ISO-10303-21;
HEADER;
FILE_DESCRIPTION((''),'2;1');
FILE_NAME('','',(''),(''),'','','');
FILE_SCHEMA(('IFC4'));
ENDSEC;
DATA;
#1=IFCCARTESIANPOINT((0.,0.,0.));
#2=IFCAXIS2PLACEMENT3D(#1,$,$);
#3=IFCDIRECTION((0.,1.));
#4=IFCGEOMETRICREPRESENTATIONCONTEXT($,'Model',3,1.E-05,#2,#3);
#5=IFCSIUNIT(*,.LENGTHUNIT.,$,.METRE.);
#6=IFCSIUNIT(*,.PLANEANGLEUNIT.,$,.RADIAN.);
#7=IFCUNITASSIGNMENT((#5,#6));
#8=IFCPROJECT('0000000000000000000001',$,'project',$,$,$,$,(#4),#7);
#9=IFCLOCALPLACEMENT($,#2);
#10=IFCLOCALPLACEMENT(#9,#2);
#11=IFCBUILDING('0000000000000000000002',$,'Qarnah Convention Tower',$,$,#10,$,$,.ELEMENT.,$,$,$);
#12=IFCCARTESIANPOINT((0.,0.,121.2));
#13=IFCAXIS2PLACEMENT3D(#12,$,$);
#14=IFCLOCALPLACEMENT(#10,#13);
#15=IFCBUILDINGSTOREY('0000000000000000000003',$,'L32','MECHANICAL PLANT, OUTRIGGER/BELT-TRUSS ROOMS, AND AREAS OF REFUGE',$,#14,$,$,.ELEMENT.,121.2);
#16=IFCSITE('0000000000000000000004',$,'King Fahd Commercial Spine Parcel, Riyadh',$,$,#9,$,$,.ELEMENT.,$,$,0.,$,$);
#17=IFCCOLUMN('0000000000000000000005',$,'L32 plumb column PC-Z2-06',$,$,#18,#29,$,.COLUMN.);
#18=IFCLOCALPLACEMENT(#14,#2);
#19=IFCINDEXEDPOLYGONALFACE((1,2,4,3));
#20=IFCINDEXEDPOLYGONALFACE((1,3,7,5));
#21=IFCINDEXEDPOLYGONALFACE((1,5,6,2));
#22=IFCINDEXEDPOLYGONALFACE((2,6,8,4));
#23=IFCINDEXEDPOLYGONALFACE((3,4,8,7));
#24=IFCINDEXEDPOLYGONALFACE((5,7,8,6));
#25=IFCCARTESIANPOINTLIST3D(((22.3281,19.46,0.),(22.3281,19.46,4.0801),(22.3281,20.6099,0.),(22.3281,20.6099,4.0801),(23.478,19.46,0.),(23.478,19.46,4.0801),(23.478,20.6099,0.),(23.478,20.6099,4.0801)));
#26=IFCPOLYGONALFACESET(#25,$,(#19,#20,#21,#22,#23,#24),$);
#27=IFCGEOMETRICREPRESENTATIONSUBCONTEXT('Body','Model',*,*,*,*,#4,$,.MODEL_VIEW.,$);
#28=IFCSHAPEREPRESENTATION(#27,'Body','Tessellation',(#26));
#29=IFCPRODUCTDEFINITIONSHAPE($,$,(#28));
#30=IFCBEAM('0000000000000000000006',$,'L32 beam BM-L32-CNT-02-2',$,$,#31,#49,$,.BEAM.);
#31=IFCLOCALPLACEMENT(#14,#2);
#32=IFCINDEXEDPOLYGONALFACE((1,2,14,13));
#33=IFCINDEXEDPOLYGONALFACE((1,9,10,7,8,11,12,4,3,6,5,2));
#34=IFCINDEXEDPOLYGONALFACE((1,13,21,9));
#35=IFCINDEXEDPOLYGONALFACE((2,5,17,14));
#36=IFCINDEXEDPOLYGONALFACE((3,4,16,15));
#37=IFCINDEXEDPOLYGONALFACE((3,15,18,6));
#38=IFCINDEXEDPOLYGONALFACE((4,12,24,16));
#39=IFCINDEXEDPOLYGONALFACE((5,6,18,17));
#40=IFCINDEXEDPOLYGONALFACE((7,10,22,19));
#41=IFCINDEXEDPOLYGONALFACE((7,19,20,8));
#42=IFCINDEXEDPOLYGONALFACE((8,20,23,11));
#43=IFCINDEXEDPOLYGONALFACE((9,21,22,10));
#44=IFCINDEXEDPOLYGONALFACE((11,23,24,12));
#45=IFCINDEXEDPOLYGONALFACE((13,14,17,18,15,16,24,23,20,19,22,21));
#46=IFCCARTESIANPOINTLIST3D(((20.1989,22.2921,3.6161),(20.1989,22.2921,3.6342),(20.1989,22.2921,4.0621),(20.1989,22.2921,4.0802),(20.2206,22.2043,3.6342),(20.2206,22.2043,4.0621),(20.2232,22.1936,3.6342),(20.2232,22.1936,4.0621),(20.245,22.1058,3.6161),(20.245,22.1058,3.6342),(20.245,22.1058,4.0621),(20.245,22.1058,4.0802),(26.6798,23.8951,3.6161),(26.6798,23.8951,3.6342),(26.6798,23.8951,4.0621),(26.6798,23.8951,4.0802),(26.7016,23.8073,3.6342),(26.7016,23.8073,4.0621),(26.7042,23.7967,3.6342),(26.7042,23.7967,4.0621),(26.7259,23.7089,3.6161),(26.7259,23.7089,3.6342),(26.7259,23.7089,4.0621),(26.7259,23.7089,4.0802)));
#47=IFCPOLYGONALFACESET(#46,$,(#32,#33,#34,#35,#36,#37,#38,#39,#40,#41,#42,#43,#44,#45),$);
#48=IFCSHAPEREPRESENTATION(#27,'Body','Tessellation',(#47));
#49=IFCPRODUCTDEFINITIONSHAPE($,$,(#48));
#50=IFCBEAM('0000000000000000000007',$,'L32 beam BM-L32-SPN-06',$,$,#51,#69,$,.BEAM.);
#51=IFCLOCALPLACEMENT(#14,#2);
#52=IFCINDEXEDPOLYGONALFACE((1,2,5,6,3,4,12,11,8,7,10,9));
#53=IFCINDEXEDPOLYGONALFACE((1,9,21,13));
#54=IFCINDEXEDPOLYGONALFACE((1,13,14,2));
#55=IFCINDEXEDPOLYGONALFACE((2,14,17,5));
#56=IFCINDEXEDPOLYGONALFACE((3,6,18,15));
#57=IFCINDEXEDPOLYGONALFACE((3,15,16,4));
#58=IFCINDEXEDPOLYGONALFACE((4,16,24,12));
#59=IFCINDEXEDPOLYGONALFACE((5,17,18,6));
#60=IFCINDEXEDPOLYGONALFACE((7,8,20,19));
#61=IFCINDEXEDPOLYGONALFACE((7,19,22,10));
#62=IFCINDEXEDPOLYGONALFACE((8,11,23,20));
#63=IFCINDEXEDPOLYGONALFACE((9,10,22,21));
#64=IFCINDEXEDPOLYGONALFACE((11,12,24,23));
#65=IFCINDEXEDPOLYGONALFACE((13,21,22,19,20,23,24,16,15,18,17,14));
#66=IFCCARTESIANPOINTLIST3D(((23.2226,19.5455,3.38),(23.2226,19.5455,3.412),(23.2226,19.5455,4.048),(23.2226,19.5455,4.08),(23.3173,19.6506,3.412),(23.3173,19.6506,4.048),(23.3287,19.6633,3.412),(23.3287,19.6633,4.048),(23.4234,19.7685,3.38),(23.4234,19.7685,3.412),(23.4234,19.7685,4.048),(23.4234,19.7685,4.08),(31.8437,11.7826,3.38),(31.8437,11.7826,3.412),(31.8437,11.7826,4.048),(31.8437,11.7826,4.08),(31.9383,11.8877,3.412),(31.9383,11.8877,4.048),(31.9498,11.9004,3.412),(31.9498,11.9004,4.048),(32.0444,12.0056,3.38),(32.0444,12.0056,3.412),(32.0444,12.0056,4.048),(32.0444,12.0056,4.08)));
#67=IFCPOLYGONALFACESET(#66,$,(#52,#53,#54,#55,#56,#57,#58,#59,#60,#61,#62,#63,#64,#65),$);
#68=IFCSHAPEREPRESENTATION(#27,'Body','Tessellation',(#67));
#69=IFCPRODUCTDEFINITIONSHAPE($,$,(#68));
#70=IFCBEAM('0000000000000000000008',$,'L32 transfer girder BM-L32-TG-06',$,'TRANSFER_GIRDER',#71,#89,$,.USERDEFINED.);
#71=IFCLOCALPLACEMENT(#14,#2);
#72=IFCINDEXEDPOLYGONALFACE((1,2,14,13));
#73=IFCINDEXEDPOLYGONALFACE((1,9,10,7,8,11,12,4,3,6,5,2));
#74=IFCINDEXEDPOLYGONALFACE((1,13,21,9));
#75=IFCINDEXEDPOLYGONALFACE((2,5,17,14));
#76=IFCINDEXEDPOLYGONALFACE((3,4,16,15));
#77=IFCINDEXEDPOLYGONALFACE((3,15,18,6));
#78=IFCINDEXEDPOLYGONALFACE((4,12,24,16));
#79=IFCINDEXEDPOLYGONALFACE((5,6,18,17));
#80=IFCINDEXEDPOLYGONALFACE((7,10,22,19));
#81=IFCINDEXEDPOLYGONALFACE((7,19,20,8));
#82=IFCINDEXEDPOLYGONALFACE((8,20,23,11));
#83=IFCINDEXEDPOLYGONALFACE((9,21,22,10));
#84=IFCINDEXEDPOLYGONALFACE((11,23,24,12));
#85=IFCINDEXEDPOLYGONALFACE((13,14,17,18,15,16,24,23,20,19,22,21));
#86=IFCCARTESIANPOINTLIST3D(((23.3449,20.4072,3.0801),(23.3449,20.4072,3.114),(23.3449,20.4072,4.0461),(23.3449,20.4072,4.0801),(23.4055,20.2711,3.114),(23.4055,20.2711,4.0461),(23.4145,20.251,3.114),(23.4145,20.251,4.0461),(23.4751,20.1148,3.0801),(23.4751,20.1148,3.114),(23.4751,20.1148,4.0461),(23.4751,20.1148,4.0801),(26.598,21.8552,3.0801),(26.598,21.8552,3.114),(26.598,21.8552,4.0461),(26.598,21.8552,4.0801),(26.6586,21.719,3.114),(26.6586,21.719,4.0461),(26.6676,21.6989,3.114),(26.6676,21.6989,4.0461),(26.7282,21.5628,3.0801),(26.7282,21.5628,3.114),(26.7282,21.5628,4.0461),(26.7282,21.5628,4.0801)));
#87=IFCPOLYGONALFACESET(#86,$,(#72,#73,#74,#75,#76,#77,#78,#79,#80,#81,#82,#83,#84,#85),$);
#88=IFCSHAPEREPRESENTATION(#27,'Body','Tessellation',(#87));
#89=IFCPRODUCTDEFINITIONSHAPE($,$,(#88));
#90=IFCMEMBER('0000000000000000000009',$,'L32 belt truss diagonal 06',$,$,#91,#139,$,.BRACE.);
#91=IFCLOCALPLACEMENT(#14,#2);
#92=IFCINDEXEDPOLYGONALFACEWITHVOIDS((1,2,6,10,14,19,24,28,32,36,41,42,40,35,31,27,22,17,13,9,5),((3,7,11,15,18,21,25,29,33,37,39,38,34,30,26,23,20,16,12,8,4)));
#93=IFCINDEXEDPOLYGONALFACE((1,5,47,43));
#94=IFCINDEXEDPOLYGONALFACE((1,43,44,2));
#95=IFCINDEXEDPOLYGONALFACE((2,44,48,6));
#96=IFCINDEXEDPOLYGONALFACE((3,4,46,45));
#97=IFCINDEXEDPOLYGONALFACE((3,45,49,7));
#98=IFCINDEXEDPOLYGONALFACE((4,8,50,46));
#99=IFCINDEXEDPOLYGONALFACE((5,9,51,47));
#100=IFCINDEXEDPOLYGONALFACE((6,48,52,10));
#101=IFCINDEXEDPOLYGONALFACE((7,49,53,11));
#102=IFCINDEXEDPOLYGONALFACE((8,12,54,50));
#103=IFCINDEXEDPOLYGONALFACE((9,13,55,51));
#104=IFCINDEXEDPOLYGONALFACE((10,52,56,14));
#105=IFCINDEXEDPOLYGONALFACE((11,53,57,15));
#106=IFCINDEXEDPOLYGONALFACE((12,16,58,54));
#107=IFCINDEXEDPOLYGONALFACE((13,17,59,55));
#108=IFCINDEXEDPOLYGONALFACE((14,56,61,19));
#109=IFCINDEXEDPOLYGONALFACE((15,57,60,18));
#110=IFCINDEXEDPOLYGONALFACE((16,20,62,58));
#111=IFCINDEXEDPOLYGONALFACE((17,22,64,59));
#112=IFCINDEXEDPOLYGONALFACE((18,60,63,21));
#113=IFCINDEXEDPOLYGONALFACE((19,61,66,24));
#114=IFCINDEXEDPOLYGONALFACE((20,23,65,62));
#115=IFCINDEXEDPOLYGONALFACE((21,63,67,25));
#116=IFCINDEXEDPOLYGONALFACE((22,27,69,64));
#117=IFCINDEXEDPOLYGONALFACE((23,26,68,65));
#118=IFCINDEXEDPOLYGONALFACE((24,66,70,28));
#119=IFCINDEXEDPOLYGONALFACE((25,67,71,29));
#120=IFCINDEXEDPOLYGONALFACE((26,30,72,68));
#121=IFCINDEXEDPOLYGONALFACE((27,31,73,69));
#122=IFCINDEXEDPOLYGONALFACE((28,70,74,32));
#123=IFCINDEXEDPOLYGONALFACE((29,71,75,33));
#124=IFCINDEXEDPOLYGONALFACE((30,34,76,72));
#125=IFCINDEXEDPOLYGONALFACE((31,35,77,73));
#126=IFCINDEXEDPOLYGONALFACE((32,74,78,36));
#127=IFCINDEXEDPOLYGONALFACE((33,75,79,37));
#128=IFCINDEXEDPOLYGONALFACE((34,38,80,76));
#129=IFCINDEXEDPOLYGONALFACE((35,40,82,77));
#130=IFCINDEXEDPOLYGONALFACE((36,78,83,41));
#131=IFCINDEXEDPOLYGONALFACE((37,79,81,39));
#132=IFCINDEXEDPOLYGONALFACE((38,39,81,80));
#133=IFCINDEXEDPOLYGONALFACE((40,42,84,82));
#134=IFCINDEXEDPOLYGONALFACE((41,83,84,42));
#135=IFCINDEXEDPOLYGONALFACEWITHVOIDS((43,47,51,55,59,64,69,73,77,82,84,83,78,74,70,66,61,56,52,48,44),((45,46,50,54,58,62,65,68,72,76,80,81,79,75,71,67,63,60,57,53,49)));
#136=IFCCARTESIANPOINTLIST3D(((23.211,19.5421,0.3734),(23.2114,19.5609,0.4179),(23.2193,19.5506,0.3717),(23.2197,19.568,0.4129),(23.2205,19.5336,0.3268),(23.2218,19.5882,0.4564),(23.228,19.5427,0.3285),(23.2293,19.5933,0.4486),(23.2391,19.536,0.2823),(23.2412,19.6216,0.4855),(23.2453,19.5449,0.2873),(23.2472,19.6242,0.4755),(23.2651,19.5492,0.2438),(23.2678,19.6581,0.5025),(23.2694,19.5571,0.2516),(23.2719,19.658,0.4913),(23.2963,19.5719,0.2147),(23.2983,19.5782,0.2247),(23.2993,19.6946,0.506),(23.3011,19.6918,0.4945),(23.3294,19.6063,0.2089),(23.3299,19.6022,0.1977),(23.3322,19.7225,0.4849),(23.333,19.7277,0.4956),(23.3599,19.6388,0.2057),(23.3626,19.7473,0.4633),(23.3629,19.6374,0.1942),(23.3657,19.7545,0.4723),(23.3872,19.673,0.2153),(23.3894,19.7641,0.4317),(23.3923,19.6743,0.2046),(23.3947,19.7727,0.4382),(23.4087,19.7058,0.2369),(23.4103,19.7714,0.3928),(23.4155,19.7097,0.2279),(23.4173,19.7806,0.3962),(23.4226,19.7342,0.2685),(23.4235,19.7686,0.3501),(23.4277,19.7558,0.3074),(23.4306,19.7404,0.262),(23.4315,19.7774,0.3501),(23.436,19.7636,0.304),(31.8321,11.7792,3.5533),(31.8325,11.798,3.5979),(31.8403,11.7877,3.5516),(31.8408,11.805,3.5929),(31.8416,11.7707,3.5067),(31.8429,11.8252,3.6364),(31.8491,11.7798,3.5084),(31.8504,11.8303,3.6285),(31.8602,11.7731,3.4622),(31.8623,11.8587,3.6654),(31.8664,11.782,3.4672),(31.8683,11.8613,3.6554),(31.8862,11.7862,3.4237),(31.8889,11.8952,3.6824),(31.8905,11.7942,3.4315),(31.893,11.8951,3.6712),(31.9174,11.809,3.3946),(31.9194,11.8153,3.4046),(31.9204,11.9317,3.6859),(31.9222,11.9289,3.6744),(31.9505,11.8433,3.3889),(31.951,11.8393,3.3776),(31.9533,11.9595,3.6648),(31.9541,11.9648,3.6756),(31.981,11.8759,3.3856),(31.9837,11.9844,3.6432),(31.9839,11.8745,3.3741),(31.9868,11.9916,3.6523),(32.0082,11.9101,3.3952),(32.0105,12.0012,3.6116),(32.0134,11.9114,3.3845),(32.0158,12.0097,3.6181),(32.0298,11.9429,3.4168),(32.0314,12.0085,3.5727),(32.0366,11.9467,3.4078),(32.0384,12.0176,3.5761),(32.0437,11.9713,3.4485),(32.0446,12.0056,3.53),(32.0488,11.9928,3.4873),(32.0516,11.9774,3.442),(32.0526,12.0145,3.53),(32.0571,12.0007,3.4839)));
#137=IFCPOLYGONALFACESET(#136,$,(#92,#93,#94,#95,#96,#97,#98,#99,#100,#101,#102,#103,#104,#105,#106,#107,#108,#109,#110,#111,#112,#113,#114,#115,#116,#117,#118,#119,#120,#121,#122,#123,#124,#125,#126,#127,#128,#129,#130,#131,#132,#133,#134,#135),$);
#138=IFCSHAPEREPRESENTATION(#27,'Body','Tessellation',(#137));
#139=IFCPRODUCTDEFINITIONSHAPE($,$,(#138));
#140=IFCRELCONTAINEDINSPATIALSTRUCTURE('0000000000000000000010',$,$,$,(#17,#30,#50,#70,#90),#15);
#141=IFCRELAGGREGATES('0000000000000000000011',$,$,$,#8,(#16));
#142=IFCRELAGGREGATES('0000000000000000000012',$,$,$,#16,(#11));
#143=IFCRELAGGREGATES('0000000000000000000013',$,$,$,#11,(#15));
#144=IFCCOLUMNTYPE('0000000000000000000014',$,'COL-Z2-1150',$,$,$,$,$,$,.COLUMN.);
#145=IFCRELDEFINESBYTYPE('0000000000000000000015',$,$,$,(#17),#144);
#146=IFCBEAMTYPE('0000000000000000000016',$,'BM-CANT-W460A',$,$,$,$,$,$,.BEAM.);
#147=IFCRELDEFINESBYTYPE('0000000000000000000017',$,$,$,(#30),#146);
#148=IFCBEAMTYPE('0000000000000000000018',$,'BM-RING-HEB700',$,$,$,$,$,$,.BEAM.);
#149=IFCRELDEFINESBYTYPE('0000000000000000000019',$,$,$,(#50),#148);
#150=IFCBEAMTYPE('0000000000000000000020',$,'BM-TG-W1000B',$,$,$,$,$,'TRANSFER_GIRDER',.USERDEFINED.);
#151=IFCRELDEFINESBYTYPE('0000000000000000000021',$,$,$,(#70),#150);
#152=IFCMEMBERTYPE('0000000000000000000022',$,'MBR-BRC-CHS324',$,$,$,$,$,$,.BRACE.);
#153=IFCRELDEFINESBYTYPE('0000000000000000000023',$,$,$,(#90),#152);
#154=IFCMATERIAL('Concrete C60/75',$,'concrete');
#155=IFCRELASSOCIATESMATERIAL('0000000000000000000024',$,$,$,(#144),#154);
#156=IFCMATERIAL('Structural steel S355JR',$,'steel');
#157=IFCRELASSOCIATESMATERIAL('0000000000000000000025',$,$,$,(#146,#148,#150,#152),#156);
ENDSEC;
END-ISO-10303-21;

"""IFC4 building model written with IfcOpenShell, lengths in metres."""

from ifc_helpers import new_model, si_unit, direction, frame, origin, origin_2d, place, context, subcontext, project, spatial, rectangle, hollow_circle, i_section, extrude, material, material_profile, profile_set, type_object, element, save


model = new_model("IFC4")

# Units and contexts
model_context = context("Model", 3, precision=1e-05, world=origin(), true_north=direction((0.0, 1.0)))
body_context = subcontext(model_context, "Body", "Model", "MODEL_VIEW")
ifc_project = project(units=[si_unit("LENGTHUNIT", "METRE"), si_unit("PLANEANGLEUNIT", "RADIAN")], contexts=[model_context])

# Site, building, storey
site_placement = place(None, origin())
site = spatial("IfcSite", under=ifc_project, at=site_placement, Name="King Fahd Commercial Spine Parcel, Riyadh", CompositionType="ELEMENT", RefElevation=0.0)
building_placement = place(site_placement, origin())
building = spatial("IfcBuilding", under=site, at=building_placement, Name="Qarnah Convention Tower", CompositionType="ELEMENT")
storey_placement = place(building_placement, frame((0.0, 0.0, 121.2)))
storey = spatial("IfcBuildingStorey", under=building, at=storey_placement, Name="L32", Description="MECHANICAL PLANT, OUTRIGGER/BELT-TRUSS ROOMS, AND AREAS OF REFUGE", CompositionType="ELEMENT", Elevation=121.2)

# Column
ifc_material_1 = material(Name="Concrete C60/75", Category="concrete")
ifc_material_profile_1 = material_profile(ifc_material_1, rectangle(XDim=1.1499, YDim=1.1499, at=origin_2d()), Name="RC-COL-1150X1150")
ifc_profile_set_1 = profile_set([ifc_material_profile_1], Name="Concrete C60/75")
column_type = type_object("IfcColumnType", Name="COL-Z2-1150", PredefinedType="COLUMN", material=ifc_profile_set_1)
column_placement = place(storey_placement, frame((22.9031, 20.0349, 0.0), z_axis=(0.0, 0.0, 1.0), x_axis=(1.0, 0.0, 0.0)))
element("IfcColumn", 1, at=column_placement, inside=storey, type_object=column_type, Name="L32 plumb column PC-Z2-06", PredefinedType="COLUMN", context=body_context, shape_type="SweptSolid", body=[
    extrude(rectangle(XDim=1.1499, YDim=1.1499, at=origin_2d()), origin(), (0.0, 0.0, 1.0), 4.0801),
])

# Beams
ifc_material_2 = material(Name="Structural steel S355JR", Category="steel")
ifc_material_profile_2 = material_profile(ifc_material_2, i_section(OverallWidth=0.1919, OverallDepth=0.4641, WebThickness=0.011, FlangeThickness=0.0181, at=origin_2d()), Name="W460X89")
ifc_profile_set_2 = profile_set([ifc_material_profile_2], Name="Structural steel S355JR")
beam_type_1 = type_object("IfcBeamType", Name="BM-CANT-W460A", PredefinedType="BEAM", material=ifc_profile_set_2)
beam_1_placement = place(storey_placement, frame((26.7029, 23.802, 3.8481), z_axis=(-0.970746, -0.240108, 0.0), x_axis=(0.240108, -0.970746, 0.0)))
element("IfcBeam", 2, at=beam_1_placement, inside=storey, type_object=beam_type_1, Name="L32 beam BM-L32-CNT-02-2", PredefinedType="BEAM", context=body_context, shape_type="SweptSolid", body=[
    extrude(i_section(OverallWidth=0.1919, OverallDepth=0.4641, WebThickness=0.011, FlangeThickness=0.0181, at=origin_2d()), origin(), (0.0, 0.0, 1.0), 6.6763),
])
ifc_material_profile_3 = material_profile(ifc_material_2, i_section(OverallWidth=0.3, OverallDepth=0.7, WebThickness=0.0171, FlangeThickness=0.032, at=origin_2d()), Name="HEB700")
ifc_profile_set_3 = profile_set([ifc_material_profile_3], Name="Structural steel S355JR")
beam_type_2 = type_object("IfcBeamType", Name="BM-RING-HEB700", PredefinedType="BEAM", material=ifc_profile_set_3)
beam_2_placement = place(storey_placement, frame((23.323, 19.657, 3.73), z_axis=(0.743125, -0.669153, 0.0), x_axis=(0.669153, 0.743125, 0.0)))
element("IfcBeam", 3, at=beam_2_placement, inside=storey, type_object=beam_type_2, Name="L32 beam BM-L32-SPN-06", PredefinedType="BEAM", context=body_context, shape_type="SweptSolid", body=[
    extrude(i_section(OverallWidth=0.3, OverallDepth=0.7, WebThickness=0.0171, FlangeThickness=0.032, at=origin_2d()), origin(), (0.0, 0.0, 1.0), 11.6011),
])
ifc_material_profile_4 = material_profile(ifc_material_2, i_section(OverallWidth=0.3201, OverallDepth=1.0, WebThickness=0.022, FlangeThickness=0.0339, at=origin_2d()), Name="W1000X371")
ifc_profile_set_4 = profile_set([ifc_material_profile_4], Name="Structural steel S355JR")
beam_type_3 = type_object("IfcBeamType", Name="BM-TG-W1000B", ElementType="TRANSFER_GIRDER", PredefinedType="USERDEFINED", material=ifc_profile_set_4)
beam_3_placement = place(storey_placement, frame((26.6631, 21.709, 3.5801), z_axis=(-0.913588, -0.406641, 0.0), x_axis=(0.406641, -0.913588, 0.0)))
element("IfcBeam", 4, at=beam_3_placement, inside=storey, type_object=beam_type_3, Name="L32 transfer girder BM-L32-TG-06", ObjectType="TRANSFER_GIRDER", PredefinedType="USERDEFINED", context=body_context, shape_type="SweptSolid", body=[
    extrude(i_section(OverallWidth=0.3201, OverallDepth=1.0, WebThickness=0.022, FlangeThickness=0.0339, at=origin_2d()), origin(), (0.0, 0.0, 1.0), 3.5608),
])

# Member
ifc_material_profile_5 = material_profile(ifc_material_2, hollow_circle(Radius=0.1621, WallThickness=0.012, at=origin_2d()), Name="CHS324X12")
ifc_profile_set_5 = profile_set([ifc_material_profile_5], Name="Structural steel S355JR")
member_type_1 = type_object("IfcMemberType", Name="MBR-BRC-CHS324", PredefinedType="BRACE", material=ifc_profile_set_5)
member_1_placement = place(storey_placement, frame((23.323, 19.657, 0.3501), z_axis=(0.716688, -0.645348, 0.264354), x_axis=(0.669153, 0.743125, 0.0)))
element("IfcMember", 5, at=member_1_placement, inside=storey, type_object=member_type_1, Name="L32 belt truss diagonal 06", PredefinedType="BRACE", context=body_context, shape_type="SweptSolid", body=[
    extrude(hollow_circle(Radius=0.1621, WallThickness=0.012, at=origin_2d()), origin(), (0.0, 0.0, 1.0), 12.0291),
])

save(model, "model.ifc")
